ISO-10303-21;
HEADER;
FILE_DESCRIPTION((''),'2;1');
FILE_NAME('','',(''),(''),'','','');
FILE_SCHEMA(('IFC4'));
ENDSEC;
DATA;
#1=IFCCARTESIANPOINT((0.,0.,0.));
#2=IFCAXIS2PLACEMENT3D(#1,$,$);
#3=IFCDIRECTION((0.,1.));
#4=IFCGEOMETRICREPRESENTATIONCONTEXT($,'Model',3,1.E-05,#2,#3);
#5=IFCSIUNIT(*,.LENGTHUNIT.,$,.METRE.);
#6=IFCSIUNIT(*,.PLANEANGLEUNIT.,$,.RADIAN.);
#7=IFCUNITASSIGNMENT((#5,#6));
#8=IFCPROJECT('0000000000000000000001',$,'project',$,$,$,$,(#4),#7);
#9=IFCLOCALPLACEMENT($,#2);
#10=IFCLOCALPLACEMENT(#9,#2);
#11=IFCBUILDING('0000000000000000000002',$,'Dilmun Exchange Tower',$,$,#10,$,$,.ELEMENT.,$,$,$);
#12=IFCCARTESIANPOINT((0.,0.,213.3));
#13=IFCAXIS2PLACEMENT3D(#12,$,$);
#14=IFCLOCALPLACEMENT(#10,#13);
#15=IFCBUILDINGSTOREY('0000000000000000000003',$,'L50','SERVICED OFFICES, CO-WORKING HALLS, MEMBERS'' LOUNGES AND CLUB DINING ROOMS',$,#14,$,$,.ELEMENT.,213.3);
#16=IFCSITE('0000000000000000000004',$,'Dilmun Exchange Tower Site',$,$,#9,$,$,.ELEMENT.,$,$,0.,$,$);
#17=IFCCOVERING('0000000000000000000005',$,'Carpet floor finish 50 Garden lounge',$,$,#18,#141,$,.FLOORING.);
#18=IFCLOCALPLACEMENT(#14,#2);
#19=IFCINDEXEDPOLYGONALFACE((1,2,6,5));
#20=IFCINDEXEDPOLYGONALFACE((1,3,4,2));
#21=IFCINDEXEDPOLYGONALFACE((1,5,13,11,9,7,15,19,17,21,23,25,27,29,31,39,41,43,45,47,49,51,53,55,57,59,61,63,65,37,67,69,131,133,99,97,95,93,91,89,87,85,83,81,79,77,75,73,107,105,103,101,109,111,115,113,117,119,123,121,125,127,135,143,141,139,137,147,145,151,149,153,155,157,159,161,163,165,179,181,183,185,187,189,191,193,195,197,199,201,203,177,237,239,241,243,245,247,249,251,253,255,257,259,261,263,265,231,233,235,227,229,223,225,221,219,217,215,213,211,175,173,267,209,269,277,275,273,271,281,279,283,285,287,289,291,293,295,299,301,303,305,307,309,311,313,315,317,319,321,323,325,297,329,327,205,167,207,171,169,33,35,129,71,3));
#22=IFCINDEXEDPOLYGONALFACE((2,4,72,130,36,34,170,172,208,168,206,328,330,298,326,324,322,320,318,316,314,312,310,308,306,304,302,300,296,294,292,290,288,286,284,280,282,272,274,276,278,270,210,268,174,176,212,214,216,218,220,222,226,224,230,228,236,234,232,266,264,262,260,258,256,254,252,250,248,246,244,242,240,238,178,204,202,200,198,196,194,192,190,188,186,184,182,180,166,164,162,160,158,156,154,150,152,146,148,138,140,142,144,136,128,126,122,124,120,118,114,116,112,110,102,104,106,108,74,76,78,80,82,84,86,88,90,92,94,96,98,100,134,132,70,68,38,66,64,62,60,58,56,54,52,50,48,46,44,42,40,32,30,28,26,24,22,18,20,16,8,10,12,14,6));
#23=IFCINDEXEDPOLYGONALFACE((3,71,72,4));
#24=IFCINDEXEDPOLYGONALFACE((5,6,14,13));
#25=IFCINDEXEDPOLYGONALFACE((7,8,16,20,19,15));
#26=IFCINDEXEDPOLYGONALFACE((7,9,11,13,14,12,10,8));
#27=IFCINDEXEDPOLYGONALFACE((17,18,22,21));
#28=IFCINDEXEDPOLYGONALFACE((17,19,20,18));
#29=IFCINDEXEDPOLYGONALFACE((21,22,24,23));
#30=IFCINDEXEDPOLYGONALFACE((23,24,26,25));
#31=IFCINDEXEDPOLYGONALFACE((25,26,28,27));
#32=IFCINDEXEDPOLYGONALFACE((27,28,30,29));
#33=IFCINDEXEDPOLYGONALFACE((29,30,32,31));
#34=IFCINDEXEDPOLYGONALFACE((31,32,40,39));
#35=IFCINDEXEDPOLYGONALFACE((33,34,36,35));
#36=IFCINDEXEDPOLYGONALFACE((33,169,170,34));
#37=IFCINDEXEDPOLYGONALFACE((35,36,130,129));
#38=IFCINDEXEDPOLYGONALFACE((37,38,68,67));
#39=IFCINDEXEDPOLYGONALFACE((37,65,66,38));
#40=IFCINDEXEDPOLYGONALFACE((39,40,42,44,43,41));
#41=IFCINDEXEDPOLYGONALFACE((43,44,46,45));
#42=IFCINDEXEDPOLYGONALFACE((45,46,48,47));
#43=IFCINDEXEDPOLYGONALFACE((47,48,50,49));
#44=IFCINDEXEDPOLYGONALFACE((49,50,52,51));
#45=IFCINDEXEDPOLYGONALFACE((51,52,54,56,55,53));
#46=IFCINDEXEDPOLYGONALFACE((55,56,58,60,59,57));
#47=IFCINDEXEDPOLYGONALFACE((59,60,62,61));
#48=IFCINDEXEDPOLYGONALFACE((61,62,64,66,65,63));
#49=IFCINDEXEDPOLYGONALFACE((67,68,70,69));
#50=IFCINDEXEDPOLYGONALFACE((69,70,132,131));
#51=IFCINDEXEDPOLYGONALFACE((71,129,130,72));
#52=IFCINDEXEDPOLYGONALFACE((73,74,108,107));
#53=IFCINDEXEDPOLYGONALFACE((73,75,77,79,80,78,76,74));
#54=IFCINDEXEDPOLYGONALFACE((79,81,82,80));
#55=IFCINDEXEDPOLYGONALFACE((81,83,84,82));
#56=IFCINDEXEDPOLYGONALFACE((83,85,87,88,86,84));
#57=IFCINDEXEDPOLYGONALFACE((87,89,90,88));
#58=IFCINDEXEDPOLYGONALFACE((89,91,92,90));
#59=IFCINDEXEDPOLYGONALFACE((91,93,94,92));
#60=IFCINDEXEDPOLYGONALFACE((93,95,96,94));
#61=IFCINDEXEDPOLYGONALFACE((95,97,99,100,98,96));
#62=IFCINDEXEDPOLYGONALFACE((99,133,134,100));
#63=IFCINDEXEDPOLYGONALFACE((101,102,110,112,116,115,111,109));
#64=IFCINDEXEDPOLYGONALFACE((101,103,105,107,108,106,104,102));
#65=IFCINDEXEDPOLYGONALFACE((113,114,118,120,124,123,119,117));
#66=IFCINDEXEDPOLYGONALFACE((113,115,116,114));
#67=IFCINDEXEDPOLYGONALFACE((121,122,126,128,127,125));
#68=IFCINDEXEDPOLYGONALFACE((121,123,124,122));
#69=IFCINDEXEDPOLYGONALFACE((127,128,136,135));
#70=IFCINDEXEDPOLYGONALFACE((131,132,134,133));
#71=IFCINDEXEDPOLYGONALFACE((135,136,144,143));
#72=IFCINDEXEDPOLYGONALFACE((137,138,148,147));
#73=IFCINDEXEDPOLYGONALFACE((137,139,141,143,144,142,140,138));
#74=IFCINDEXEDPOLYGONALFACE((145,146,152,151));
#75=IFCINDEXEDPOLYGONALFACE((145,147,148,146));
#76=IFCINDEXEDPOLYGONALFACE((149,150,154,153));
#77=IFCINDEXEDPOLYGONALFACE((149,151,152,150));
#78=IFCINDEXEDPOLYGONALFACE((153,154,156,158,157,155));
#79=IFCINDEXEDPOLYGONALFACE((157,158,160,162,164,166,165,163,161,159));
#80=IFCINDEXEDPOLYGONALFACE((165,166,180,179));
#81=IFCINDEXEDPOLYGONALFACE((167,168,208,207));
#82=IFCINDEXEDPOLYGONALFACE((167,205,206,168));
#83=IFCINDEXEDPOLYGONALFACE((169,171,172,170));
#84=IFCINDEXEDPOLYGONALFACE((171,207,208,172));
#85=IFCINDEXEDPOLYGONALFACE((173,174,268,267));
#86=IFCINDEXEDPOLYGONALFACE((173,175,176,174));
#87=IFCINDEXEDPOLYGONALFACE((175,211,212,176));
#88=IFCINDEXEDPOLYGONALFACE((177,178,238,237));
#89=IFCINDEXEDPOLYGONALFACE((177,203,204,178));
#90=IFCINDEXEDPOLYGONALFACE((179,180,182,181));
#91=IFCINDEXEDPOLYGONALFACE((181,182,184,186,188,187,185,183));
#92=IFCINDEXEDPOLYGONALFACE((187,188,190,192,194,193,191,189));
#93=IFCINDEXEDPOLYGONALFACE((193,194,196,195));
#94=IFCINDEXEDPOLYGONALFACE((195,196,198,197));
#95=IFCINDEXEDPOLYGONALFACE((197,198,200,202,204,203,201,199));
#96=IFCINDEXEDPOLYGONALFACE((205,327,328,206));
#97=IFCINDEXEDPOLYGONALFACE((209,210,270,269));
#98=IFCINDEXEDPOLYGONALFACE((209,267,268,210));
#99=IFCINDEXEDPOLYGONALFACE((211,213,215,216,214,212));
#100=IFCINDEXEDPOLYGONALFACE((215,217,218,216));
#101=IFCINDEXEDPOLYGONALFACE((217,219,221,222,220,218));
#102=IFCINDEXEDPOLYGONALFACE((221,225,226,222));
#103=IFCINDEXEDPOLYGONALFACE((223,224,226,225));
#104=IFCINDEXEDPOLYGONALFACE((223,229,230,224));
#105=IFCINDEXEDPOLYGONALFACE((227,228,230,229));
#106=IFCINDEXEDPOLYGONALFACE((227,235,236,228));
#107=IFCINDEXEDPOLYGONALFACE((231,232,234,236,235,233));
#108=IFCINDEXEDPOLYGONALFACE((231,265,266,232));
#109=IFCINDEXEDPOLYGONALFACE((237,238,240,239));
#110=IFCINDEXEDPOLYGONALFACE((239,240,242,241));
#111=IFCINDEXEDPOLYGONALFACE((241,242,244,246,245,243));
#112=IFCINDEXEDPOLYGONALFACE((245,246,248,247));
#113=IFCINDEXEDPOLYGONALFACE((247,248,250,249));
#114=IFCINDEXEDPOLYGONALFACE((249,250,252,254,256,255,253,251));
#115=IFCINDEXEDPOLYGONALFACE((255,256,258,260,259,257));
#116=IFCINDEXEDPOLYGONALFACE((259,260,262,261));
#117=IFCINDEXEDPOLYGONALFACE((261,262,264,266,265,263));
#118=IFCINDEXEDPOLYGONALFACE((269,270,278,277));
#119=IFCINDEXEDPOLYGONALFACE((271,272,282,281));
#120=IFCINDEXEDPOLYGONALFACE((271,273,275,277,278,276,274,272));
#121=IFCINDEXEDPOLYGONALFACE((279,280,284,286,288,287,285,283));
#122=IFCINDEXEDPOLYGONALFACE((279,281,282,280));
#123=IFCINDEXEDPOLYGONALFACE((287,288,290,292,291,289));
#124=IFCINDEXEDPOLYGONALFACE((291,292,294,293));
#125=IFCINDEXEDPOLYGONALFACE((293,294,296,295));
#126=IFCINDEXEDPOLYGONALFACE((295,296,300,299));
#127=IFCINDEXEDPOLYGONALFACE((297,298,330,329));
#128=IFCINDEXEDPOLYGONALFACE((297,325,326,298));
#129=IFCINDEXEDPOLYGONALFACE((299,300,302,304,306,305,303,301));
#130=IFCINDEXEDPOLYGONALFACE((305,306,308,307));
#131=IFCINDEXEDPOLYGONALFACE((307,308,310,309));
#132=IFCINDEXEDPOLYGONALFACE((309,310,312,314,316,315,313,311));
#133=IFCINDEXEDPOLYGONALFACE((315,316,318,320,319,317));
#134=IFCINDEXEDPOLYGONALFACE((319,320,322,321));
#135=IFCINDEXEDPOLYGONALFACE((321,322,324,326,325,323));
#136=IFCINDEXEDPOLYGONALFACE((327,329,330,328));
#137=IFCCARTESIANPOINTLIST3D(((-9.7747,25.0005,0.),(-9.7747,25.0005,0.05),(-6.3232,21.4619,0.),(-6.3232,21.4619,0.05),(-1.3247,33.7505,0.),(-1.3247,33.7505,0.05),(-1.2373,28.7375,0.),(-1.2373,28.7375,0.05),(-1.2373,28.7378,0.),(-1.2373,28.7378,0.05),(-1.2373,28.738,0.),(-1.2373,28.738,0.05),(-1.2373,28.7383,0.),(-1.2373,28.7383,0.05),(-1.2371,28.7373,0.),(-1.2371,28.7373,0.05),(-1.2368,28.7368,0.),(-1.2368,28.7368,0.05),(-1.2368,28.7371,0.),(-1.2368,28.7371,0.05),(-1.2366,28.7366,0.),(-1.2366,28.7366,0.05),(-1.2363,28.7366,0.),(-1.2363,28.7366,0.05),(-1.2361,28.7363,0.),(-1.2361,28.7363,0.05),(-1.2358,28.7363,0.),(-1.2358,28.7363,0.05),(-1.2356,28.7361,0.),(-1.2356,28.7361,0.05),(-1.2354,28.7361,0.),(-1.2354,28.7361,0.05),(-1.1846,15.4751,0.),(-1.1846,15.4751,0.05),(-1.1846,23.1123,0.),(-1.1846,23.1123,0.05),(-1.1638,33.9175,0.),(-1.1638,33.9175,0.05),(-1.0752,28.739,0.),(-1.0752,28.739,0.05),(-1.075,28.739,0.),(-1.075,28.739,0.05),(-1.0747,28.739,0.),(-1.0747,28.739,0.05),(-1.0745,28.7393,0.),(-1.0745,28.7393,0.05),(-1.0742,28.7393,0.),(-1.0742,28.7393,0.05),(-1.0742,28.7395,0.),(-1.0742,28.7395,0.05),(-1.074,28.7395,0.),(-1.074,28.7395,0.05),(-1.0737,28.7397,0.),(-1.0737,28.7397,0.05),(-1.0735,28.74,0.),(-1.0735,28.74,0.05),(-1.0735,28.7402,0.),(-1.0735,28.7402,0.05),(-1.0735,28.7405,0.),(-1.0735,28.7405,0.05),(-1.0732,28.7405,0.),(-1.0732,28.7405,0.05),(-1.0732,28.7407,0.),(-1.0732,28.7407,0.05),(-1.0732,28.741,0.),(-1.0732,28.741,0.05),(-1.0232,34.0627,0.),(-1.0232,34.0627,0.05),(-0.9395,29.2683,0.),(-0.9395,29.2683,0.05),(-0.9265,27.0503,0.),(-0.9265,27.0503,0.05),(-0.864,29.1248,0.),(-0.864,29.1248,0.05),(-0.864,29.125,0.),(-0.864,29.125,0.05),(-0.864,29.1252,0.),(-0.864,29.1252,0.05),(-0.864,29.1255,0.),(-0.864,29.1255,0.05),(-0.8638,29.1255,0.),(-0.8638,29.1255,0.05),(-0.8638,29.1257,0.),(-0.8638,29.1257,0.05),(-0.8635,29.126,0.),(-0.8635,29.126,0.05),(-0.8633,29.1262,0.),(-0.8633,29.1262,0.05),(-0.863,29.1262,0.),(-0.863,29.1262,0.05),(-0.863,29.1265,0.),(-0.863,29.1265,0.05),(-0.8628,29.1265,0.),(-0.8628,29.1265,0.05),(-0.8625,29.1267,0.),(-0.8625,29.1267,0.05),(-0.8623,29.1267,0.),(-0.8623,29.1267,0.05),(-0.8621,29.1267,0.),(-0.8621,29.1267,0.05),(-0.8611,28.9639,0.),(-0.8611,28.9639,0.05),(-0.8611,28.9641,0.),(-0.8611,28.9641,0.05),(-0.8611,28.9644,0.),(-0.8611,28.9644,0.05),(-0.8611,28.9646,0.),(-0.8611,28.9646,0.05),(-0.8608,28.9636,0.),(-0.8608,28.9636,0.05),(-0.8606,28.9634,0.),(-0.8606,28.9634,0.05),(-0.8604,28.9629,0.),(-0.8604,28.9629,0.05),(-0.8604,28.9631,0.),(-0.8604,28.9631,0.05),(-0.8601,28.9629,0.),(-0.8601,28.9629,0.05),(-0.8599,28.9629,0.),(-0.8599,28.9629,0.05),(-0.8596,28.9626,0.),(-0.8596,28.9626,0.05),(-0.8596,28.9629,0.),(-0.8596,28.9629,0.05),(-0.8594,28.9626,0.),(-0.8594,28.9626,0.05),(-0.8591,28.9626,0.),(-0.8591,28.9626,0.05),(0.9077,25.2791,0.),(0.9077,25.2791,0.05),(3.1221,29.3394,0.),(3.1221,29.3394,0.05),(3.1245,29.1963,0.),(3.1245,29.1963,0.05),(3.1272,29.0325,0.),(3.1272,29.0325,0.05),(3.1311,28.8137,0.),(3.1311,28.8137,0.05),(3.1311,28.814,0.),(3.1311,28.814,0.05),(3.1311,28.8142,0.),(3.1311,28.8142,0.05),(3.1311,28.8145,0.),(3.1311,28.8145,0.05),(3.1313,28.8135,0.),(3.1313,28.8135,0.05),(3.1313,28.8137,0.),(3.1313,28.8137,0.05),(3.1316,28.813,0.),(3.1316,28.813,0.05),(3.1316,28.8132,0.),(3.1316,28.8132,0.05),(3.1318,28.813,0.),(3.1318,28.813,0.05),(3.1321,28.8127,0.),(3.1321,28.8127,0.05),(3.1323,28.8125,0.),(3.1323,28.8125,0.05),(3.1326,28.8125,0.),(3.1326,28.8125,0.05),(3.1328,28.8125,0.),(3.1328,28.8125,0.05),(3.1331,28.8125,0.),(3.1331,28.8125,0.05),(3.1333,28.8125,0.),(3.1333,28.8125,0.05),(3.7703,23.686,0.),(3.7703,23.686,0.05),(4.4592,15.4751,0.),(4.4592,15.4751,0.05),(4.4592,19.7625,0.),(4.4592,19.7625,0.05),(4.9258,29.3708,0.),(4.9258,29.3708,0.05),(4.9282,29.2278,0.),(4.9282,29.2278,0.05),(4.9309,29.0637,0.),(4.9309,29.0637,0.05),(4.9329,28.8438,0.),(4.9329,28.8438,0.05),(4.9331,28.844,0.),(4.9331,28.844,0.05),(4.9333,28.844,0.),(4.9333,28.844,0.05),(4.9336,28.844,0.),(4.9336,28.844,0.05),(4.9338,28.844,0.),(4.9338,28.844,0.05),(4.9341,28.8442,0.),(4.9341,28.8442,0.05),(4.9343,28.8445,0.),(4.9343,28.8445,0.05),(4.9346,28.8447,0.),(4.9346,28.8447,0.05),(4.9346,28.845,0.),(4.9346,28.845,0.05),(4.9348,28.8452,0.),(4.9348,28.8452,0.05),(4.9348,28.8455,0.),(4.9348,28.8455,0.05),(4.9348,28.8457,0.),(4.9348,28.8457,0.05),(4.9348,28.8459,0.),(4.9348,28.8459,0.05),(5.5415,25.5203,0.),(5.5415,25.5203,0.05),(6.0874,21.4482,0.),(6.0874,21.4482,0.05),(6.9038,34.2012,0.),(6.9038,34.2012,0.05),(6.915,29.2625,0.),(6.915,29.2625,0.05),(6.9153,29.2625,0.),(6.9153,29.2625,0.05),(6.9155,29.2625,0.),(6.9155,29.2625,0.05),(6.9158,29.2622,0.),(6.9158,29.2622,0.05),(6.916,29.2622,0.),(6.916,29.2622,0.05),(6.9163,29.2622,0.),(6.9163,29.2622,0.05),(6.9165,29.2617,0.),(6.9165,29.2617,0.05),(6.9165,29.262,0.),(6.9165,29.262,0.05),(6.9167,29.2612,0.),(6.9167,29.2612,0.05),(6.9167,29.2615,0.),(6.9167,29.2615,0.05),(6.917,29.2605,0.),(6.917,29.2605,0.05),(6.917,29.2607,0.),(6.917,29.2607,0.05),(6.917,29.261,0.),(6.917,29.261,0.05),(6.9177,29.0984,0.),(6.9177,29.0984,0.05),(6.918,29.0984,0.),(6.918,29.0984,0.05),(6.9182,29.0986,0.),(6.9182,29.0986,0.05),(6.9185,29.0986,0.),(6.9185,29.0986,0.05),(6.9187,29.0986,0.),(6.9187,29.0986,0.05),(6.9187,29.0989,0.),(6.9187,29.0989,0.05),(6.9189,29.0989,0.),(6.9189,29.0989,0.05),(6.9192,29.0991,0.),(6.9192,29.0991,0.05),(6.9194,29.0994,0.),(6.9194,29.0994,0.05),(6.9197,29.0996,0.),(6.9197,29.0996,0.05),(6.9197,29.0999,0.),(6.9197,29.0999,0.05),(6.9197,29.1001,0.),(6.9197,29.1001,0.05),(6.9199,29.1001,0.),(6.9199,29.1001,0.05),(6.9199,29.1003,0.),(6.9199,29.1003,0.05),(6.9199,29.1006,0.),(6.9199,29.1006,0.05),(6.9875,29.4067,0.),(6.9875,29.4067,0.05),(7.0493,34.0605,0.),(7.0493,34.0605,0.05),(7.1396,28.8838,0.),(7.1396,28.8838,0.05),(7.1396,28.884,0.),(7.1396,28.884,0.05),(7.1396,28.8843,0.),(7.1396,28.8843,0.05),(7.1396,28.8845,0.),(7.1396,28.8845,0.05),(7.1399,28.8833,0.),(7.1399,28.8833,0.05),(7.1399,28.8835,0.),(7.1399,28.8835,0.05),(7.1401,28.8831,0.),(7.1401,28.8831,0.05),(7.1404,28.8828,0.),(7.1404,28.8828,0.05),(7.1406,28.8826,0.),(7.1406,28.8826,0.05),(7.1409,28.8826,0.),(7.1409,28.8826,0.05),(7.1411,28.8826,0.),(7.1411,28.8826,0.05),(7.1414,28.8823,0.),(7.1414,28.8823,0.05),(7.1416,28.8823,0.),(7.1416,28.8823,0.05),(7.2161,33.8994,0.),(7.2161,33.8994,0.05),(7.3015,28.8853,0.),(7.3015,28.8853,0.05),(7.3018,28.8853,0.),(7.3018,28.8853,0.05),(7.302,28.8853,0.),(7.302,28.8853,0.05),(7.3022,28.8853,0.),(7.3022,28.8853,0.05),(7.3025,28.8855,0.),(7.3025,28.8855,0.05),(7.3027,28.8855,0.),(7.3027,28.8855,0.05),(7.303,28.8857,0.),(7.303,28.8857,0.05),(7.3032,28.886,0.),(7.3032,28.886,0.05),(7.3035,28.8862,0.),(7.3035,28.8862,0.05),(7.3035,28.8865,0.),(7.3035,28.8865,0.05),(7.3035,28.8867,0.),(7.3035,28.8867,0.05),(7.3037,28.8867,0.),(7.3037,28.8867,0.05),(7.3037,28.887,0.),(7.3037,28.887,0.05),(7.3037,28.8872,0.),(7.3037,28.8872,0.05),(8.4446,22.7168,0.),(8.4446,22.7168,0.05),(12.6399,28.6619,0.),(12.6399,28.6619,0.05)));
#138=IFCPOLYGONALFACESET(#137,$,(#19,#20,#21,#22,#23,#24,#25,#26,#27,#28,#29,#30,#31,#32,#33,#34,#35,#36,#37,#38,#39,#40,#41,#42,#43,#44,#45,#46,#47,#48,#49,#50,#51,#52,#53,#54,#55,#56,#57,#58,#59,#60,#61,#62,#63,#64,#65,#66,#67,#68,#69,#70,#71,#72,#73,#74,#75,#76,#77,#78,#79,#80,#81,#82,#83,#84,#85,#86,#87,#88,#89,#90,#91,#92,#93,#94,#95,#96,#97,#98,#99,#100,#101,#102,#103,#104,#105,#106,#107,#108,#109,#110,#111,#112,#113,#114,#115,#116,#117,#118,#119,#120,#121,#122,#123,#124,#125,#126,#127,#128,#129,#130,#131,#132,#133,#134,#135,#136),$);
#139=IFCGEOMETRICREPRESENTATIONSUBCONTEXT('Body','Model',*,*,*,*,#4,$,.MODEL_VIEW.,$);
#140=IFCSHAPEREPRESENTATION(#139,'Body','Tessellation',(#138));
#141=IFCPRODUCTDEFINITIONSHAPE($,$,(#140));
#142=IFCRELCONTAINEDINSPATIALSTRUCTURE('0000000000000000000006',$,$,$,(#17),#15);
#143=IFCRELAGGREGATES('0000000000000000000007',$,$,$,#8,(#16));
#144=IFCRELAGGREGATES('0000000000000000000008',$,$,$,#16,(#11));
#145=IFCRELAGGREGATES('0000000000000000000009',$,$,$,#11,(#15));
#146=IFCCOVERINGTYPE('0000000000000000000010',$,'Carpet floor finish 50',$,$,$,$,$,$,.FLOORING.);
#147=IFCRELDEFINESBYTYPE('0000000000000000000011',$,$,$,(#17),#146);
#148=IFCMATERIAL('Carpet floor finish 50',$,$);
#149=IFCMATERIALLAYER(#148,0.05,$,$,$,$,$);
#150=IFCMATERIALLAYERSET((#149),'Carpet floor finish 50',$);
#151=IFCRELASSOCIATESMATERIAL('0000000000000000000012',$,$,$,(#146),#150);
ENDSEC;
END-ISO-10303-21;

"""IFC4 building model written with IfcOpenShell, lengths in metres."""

from ifc_helpers import new_model, si_unit, direction, frame, origin, place, context, subcontext, project, spatial, polyline, outline, extrude, material, layer, layer_set, type_object, element, save


model = new_model("IFC4")

# Units and contexts
model_context = context("Model", 3, precision=1e-05, world=origin(), true_north=direction((0.0, 1.0)))
body_context = subcontext(model_context, "Body", "Model", "MODEL_VIEW")
ifc_project = project(units=[si_unit("LENGTHUNIT", "METRE"), si_unit("PLANEANGLEUNIT", "RADIAN")], contexts=[model_context])

# Site, building, storey
site_placement = place(None, origin())
site = spatial("IfcSite", under=ifc_project, at=site_placement, Name="Dilmun Exchange Tower Site", CompositionType="ELEMENT", RefElevation=0.0)
building_placement = place(site_placement, origin())
building = spatial("IfcBuilding", under=site, at=building_placement, Name="Dilmun Exchange Tower", CompositionType="ELEMENT")
storey_placement = place(building_placement, frame((0.0, 0.0, 213.3)))
storey = spatial("IfcBuildingStorey", under=building, at=storey_placement, Name="L50", Description="SERVICED OFFICES, CO-WORKING HALLS, MEMBERS' LOUNGES AND CLUB DINING ROOMS", CompositionType="ELEMENT", Elevation=213.3)

# Covering
ifc_material_1 = material(Name="Carpet floor finish 50")
ifc_layer_1 = layer(ifc_material_1, 0.05)
ifc_layer_set_1 = layer_set([ifc_layer_1], Name="Carpet floor finish 50")
covering_type_1 = type_object("IfcCoveringType", Name="Carpet floor finish 50", PredefinedType="FLOORING", material=ifc_layer_set_1)
covering_1_placement = place(storey_placement, origin())
element("IfcCovering", 1, at=covering_1_placement, inside=storey, type_object=covering_type_1, Name="Carpet floor finish 50 Garden lounge", PredefinedType="FLOORING", context=body_context, shape_type="SweptSolid", body=[
    extrude(outline(polyline([(0.9077, 25.2791), (-0.9265, 27.0503), (-6.3232, 21.4619), (-9.7747, 25.0005), (-1.3247, 33.7505), (-1.2373, 28.7383), (-1.2373, 28.738), (-1.2373, 28.7378), (-1.2373, 28.7375), (-1.2371, 28.7373), (-1.2371, 28.7373), (-1.2368, 28.7371), (-1.2368, 28.7368), (-1.2368, 28.7368), (-1.2366, 28.7366), (-1.2363, 28.7366), (-1.2361, 28.7363), (-1.2361, 28.7363), (-1.2358, 28.7363), (-1.2356, 28.7361), (-1.2354, 28.7361), (-1.2354, 28.7361), (-1.0752, 28.739), (-1.0752, 28.739), (-1.075, 28.739), (-1.0747, 28.739), (-1.0745, 28.7393), (-1.0742, 28.7393), (-1.0742, 28.7395), (-1.074, 28.7395), (-1.074, 28.7395), (-1.0737, 28.7397), (-1.0735, 28.74), (-1.0735, 28.74), (-1.0735, 28.7402), (-1.0735, 28.7405), (-1.0732, 28.7405), (-1.0732, 28.7407), (-1.0732, 28.741), (-1.1638, 33.9175), (-1.0232, 34.0627), (-0.9395, 29.2683), (3.1221, 29.3394), (3.1245, 29.1963), (-0.8621, 29.1267), (-0.8623, 29.1267), (-0.8623, 29.1267), (-0.8625, 29.1267), (-0.8628, 29.1265), (-0.863, 29.1265), (-0.863, 29.1262), (-0.8633, 29.1262), (-0.8633, 29.1262), (-0.8635, 29.126), (-0.8638, 29.1257), (-0.8638, 29.1255), (-0.864, 29.1255), (-0.864, 29.1252), (-0.864, 29.125), (-0.864, 29.1248), (-0.864, 29.1248), (-0.8611, 28.9646), (-0.8611, 28.9646), (-0.8611, 28.9644), (-0.8611, 28.9641), (-0.8611, 28.9639), (-0.8608, 28.9636), (-0.8608, 28.9636), (-0.8606, 28.9634), (-0.8606, 28.9634), (-0.8604, 28.9631), (-0.8604, 28.9629), (-0.8601, 28.9629), (-0.8599, 28.9629), (-0.8596, 28.9629), (-0.8596, 28.9626), (-0.8594, 28.9626), (-0.8591, 28.9626), (3.1272, 29.0325), (3.1311, 28.8145), (3.1311, 28.8142), (3.1311, 28.814), (3.1311, 28.8137), (3.1313, 28.8137), (3.1313, 28.8135), (3.1316, 28.8132), (3.1316, 28.8132), (3.1316, 28.813), (3.1318, 28.813), (3.1321, 28.8127), (3.1321, 28.8127), (3.1323, 28.8125), (3.1326, 28.8125), (3.1328, 28.8125), (3.1331, 28.8125), (3.1333, 28.8125), (4.9329, 28.8438), (4.9331, 28.844), (4.9333, 28.844), (4.9333, 28.844), (4.9336, 28.844), (4.9338, 28.844), (4.9341, 28.8442), (4.9341, 28.8442), (4.9343, 28.8445), (4.9343, 28.8445), (4.9346, 28.8447), (4.9346, 28.845), (4.9348, 28.8452), (4.9348, 28.8452), (4.9348, 28.8455), (4.9348, 28.8457), (4.9348, 28.8459), (4.9309, 29.0637), (6.9177, 29.0984), (6.918, 29.0984), (6.9182, 29.0986), (6.9185, 29.0986), (6.9187, 29.0986), (6.9187, 29.0989), (6.9189, 29.0989), (6.9192, 29.0991), (6.9192, 29.0991), (6.9194, 29.0994), (6.9194, 29.0994), (6.9197, 29.0996), (6.9197, 29.0999), (6.9197, 29.1001), (6.9199, 29.1001), (6.9199, 29.1003), (6.9199, 29.1006), (6.917, 29.2605), (6.917, 29.2607), (6.917, 29.261), (6.917, 29.261), (6.9167, 29.2612), (6.9167, 29.2615), (6.9165, 29.2617), (6.9165, 29.2617), (6.9165, 29.262), (6.9163, 29.2622), (6.916, 29.2622), (6.916, 29.2622), (6.9158, 29.2622), (6.9155, 29.2625), (6.9153, 29.2625), (6.9153, 29.2625), (6.915, 29.2625), (4.9282, 29.2278), (4.9258, 29.3708), (6.9875, 29.4067), (6.9038, 34.2012), (7.0493, 34.0605), (7.1396, 28.8845), (7.1396, 28.8843), (7.1396, 28.884), (7.1396, 28.8838), (7.1399, 28.8835), (7.1399, 28.8833), (7.1399, 28.8833), (7.1401, 28.8831), (7.1401, 28.8831), (7.1404, 28.8828), (7.1404, 28.8828), (7.1406, 28.8826), (7.1409, 28.8826), (7.1411, 28.8826), (7.1414, 28.8823), (7.1416, 28.8823), (7.1416, 28.8823), (7.3015, 28.8853), (7.3018, 28.8853), (7.302, 28.8853), (7.3022, 28.8853), (7.3025, 28.8855), (7.3025, 28.8855), (7.3027, 28.8855), (7.303, 28.8857), (7.303, 28.8857), (7.3032, 28.886), (7.3032, 28.886), (7.3035, 28.8862), (7.3035, 28.8865), (7.3035, 28.8867), (7.3037, 28.8867), (7.3037, 28.887), (7.3037, 28.8872), (7.2161, 33.8994), (12.6399, 28.6619), (8.4446, 22.7168), (5.5415, 25.5203), (3.7703, 23.686), (6.0874, 21.4482), (4.4592, 19.7625), (4.4592, 15.4751), (-1.1846, 15.4751), (-1.1846, 23.1123), (0.9077, 25.2791)])), origin(), (0.0, 0.0, 1.0), 0.05),
])

save(model, "model.ifc")
